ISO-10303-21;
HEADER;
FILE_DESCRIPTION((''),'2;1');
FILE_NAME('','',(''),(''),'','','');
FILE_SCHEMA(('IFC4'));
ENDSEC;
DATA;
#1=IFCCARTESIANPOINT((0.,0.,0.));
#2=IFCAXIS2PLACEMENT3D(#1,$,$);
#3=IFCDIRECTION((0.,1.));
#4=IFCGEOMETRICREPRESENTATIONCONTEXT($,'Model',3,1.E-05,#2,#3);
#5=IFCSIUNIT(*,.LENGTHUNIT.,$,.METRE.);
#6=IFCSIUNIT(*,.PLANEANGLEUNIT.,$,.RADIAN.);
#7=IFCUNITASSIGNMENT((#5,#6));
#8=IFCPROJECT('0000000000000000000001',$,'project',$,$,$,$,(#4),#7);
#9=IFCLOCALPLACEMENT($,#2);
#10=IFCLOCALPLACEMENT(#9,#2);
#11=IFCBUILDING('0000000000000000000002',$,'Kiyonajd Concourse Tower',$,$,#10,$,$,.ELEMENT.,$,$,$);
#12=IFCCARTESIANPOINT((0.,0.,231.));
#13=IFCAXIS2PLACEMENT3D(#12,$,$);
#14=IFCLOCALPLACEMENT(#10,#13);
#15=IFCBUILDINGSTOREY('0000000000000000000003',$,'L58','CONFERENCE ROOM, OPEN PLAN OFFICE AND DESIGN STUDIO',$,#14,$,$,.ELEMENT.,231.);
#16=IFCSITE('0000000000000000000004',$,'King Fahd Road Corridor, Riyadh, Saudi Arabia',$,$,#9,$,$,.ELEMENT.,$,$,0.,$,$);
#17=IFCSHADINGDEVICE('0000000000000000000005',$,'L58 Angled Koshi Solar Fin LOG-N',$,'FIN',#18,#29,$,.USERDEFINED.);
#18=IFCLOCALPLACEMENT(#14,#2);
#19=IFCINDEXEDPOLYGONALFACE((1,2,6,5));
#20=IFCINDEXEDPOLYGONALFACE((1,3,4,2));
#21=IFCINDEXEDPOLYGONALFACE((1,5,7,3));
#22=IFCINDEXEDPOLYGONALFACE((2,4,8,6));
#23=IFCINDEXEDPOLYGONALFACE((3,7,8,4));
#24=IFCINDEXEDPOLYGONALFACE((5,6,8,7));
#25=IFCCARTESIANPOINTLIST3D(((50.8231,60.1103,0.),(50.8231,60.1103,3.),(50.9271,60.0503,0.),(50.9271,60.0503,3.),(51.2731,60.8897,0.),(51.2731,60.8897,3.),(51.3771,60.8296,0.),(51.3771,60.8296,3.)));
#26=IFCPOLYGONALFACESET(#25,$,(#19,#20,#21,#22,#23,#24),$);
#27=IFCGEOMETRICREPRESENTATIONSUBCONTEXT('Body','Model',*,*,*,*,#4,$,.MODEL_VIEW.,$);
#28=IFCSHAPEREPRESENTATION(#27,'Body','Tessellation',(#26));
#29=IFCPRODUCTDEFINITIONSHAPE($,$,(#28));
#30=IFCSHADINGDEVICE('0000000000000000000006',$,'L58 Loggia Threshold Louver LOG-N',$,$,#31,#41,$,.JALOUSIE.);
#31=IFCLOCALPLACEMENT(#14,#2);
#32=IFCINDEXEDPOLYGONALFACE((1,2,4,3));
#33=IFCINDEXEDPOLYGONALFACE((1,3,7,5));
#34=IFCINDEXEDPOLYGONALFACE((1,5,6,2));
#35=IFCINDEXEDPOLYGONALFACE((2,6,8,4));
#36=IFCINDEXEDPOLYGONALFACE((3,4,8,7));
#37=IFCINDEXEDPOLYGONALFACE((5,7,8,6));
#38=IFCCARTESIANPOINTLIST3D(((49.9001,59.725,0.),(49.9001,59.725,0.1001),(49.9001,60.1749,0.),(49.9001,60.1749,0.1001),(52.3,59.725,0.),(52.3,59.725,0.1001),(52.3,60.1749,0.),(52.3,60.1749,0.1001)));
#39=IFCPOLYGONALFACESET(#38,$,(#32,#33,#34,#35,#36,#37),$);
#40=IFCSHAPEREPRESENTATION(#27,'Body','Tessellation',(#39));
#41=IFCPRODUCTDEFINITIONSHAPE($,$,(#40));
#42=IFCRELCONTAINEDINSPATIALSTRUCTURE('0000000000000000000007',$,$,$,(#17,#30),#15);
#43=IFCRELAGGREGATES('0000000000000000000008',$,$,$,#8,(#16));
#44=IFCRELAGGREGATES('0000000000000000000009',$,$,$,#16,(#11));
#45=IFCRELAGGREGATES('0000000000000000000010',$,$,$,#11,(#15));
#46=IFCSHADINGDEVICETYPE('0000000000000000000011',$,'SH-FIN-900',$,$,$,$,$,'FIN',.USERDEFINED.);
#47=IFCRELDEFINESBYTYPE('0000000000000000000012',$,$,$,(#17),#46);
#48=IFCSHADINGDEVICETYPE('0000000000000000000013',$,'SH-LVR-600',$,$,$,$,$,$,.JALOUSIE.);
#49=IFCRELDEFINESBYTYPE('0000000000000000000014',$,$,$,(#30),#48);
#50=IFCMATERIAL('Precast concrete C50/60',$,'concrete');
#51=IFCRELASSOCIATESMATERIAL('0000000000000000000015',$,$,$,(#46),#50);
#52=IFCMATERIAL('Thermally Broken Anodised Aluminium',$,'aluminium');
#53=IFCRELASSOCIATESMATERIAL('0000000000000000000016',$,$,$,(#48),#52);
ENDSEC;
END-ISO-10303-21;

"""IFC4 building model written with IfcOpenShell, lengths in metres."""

from ifc_helpers import new_model, si_unit, direction, frame, origin, origin_2d, place, context, subcontext, project, spatial, rectangle, extrude, material, type_object, element, save


model = new_model("IFC4")

# Units and contexts
model_context = context("Model", 3, precision=1e-05, world=origin(), true_north=direction((0.0, 1.0)))
body_context = subcontext(model_context, "Body", "Model", "MODEL_VIEW")
ifc_project = project(units=[si_unit("LENGTHUNIT", "METRE"), si_unit("PLANEANGLEUNIT", "RADIAN")], contexts=[model_context])

# Site, building, storey
site_placement = place(None, origin())
site = spatial("IfcSite", under=ifc_project, at=site_placement, Name="King Fahd Road Corridor, Riyadh, Saudi Arabia", CompositionType="ELEMENT", RefElevation=0.0)
building_placement = place(site_placement, origin())
building = spatial("IfcBuilding", under=site, at=building_placement, Name="Kiyonajd Concourse Tower", CompositionType="ELEMENT")
storey_placement = place(building_placement, frame((0.0, 0.0, 231.0)))
storey = spatial("IfcBuildingStorey", under=building, at=storey_placement, Name="L58", Description="CONFERENCE ROOM, OPEN PLAN OFFICE AND DESIGN STUDIO", CompositionType="ELEMENT", Elevation=231.0)

# Shared definitions
ifc_material_1 = material(Name="Thermally Broken Anodised Aluminium", Category="aluminium")

# Shared definitions
ifc_material_2 = material(Name="Precast concrete C50/60", Category="concrete")

# Shading devices
shading_device_type_1 = type_object("IfcShadingDeviceType", Name="SH-FIN-900", ElementType="FIN", PredefinedType="USERDEFINED", material=ifc_material_2)
shading_device_1_placement = place(storey_placement, frame((51.1001, 60.47, 0.0), z_axis=(0.0, 0.0, 1.0), x_axis=(0.5, 0.866025, 0.0)))
element("IfcShadingDevice", 1, at=shading_device_1_placement, inside=storey, type_object=shading_device_type_1, Name="L58 Angled Koshi Solar Fin LOG-N", ObjectType="FIN", PredefinedType="USERDEFINED", context=body_context, shape_type="SweptSolid", body=[
    extrude(rectangle(XDim=0.8999, YDim=0.1201, at=origin_2d()), origin(), (0.0, 0.0, 1.0), 3.0),
])
shading_device_type_2 = type_object("IfcShadingDeviceType", Name="SH-LVR-600", PredefinedType="JALOUSIE", material=ifc_material_1)
shading_device_2_placement = place(storey_placement, frame((51.1001, 59.95, 0.0), z_axis=(0.0, 0.0, 1.0), x_axis=(1.0, 0.0, 0.0)))
element("IfcShadingDevice", 2, at=shading_device_2_placement, inside=storey, type_object=shading_device_type_2, Name="L58 Loggia Threshold Louver LOG-N", PredefinedType="JALOUSIE", context=body_context, shape_type="SweptSolid", body=[
    extrude(rectangle(XDim=2.3999, YDim=0.45, at=origin_2d()), origin(), (0.0, 0.0, 1.0), 0.1001),
])

save(model, "model.ifc")
